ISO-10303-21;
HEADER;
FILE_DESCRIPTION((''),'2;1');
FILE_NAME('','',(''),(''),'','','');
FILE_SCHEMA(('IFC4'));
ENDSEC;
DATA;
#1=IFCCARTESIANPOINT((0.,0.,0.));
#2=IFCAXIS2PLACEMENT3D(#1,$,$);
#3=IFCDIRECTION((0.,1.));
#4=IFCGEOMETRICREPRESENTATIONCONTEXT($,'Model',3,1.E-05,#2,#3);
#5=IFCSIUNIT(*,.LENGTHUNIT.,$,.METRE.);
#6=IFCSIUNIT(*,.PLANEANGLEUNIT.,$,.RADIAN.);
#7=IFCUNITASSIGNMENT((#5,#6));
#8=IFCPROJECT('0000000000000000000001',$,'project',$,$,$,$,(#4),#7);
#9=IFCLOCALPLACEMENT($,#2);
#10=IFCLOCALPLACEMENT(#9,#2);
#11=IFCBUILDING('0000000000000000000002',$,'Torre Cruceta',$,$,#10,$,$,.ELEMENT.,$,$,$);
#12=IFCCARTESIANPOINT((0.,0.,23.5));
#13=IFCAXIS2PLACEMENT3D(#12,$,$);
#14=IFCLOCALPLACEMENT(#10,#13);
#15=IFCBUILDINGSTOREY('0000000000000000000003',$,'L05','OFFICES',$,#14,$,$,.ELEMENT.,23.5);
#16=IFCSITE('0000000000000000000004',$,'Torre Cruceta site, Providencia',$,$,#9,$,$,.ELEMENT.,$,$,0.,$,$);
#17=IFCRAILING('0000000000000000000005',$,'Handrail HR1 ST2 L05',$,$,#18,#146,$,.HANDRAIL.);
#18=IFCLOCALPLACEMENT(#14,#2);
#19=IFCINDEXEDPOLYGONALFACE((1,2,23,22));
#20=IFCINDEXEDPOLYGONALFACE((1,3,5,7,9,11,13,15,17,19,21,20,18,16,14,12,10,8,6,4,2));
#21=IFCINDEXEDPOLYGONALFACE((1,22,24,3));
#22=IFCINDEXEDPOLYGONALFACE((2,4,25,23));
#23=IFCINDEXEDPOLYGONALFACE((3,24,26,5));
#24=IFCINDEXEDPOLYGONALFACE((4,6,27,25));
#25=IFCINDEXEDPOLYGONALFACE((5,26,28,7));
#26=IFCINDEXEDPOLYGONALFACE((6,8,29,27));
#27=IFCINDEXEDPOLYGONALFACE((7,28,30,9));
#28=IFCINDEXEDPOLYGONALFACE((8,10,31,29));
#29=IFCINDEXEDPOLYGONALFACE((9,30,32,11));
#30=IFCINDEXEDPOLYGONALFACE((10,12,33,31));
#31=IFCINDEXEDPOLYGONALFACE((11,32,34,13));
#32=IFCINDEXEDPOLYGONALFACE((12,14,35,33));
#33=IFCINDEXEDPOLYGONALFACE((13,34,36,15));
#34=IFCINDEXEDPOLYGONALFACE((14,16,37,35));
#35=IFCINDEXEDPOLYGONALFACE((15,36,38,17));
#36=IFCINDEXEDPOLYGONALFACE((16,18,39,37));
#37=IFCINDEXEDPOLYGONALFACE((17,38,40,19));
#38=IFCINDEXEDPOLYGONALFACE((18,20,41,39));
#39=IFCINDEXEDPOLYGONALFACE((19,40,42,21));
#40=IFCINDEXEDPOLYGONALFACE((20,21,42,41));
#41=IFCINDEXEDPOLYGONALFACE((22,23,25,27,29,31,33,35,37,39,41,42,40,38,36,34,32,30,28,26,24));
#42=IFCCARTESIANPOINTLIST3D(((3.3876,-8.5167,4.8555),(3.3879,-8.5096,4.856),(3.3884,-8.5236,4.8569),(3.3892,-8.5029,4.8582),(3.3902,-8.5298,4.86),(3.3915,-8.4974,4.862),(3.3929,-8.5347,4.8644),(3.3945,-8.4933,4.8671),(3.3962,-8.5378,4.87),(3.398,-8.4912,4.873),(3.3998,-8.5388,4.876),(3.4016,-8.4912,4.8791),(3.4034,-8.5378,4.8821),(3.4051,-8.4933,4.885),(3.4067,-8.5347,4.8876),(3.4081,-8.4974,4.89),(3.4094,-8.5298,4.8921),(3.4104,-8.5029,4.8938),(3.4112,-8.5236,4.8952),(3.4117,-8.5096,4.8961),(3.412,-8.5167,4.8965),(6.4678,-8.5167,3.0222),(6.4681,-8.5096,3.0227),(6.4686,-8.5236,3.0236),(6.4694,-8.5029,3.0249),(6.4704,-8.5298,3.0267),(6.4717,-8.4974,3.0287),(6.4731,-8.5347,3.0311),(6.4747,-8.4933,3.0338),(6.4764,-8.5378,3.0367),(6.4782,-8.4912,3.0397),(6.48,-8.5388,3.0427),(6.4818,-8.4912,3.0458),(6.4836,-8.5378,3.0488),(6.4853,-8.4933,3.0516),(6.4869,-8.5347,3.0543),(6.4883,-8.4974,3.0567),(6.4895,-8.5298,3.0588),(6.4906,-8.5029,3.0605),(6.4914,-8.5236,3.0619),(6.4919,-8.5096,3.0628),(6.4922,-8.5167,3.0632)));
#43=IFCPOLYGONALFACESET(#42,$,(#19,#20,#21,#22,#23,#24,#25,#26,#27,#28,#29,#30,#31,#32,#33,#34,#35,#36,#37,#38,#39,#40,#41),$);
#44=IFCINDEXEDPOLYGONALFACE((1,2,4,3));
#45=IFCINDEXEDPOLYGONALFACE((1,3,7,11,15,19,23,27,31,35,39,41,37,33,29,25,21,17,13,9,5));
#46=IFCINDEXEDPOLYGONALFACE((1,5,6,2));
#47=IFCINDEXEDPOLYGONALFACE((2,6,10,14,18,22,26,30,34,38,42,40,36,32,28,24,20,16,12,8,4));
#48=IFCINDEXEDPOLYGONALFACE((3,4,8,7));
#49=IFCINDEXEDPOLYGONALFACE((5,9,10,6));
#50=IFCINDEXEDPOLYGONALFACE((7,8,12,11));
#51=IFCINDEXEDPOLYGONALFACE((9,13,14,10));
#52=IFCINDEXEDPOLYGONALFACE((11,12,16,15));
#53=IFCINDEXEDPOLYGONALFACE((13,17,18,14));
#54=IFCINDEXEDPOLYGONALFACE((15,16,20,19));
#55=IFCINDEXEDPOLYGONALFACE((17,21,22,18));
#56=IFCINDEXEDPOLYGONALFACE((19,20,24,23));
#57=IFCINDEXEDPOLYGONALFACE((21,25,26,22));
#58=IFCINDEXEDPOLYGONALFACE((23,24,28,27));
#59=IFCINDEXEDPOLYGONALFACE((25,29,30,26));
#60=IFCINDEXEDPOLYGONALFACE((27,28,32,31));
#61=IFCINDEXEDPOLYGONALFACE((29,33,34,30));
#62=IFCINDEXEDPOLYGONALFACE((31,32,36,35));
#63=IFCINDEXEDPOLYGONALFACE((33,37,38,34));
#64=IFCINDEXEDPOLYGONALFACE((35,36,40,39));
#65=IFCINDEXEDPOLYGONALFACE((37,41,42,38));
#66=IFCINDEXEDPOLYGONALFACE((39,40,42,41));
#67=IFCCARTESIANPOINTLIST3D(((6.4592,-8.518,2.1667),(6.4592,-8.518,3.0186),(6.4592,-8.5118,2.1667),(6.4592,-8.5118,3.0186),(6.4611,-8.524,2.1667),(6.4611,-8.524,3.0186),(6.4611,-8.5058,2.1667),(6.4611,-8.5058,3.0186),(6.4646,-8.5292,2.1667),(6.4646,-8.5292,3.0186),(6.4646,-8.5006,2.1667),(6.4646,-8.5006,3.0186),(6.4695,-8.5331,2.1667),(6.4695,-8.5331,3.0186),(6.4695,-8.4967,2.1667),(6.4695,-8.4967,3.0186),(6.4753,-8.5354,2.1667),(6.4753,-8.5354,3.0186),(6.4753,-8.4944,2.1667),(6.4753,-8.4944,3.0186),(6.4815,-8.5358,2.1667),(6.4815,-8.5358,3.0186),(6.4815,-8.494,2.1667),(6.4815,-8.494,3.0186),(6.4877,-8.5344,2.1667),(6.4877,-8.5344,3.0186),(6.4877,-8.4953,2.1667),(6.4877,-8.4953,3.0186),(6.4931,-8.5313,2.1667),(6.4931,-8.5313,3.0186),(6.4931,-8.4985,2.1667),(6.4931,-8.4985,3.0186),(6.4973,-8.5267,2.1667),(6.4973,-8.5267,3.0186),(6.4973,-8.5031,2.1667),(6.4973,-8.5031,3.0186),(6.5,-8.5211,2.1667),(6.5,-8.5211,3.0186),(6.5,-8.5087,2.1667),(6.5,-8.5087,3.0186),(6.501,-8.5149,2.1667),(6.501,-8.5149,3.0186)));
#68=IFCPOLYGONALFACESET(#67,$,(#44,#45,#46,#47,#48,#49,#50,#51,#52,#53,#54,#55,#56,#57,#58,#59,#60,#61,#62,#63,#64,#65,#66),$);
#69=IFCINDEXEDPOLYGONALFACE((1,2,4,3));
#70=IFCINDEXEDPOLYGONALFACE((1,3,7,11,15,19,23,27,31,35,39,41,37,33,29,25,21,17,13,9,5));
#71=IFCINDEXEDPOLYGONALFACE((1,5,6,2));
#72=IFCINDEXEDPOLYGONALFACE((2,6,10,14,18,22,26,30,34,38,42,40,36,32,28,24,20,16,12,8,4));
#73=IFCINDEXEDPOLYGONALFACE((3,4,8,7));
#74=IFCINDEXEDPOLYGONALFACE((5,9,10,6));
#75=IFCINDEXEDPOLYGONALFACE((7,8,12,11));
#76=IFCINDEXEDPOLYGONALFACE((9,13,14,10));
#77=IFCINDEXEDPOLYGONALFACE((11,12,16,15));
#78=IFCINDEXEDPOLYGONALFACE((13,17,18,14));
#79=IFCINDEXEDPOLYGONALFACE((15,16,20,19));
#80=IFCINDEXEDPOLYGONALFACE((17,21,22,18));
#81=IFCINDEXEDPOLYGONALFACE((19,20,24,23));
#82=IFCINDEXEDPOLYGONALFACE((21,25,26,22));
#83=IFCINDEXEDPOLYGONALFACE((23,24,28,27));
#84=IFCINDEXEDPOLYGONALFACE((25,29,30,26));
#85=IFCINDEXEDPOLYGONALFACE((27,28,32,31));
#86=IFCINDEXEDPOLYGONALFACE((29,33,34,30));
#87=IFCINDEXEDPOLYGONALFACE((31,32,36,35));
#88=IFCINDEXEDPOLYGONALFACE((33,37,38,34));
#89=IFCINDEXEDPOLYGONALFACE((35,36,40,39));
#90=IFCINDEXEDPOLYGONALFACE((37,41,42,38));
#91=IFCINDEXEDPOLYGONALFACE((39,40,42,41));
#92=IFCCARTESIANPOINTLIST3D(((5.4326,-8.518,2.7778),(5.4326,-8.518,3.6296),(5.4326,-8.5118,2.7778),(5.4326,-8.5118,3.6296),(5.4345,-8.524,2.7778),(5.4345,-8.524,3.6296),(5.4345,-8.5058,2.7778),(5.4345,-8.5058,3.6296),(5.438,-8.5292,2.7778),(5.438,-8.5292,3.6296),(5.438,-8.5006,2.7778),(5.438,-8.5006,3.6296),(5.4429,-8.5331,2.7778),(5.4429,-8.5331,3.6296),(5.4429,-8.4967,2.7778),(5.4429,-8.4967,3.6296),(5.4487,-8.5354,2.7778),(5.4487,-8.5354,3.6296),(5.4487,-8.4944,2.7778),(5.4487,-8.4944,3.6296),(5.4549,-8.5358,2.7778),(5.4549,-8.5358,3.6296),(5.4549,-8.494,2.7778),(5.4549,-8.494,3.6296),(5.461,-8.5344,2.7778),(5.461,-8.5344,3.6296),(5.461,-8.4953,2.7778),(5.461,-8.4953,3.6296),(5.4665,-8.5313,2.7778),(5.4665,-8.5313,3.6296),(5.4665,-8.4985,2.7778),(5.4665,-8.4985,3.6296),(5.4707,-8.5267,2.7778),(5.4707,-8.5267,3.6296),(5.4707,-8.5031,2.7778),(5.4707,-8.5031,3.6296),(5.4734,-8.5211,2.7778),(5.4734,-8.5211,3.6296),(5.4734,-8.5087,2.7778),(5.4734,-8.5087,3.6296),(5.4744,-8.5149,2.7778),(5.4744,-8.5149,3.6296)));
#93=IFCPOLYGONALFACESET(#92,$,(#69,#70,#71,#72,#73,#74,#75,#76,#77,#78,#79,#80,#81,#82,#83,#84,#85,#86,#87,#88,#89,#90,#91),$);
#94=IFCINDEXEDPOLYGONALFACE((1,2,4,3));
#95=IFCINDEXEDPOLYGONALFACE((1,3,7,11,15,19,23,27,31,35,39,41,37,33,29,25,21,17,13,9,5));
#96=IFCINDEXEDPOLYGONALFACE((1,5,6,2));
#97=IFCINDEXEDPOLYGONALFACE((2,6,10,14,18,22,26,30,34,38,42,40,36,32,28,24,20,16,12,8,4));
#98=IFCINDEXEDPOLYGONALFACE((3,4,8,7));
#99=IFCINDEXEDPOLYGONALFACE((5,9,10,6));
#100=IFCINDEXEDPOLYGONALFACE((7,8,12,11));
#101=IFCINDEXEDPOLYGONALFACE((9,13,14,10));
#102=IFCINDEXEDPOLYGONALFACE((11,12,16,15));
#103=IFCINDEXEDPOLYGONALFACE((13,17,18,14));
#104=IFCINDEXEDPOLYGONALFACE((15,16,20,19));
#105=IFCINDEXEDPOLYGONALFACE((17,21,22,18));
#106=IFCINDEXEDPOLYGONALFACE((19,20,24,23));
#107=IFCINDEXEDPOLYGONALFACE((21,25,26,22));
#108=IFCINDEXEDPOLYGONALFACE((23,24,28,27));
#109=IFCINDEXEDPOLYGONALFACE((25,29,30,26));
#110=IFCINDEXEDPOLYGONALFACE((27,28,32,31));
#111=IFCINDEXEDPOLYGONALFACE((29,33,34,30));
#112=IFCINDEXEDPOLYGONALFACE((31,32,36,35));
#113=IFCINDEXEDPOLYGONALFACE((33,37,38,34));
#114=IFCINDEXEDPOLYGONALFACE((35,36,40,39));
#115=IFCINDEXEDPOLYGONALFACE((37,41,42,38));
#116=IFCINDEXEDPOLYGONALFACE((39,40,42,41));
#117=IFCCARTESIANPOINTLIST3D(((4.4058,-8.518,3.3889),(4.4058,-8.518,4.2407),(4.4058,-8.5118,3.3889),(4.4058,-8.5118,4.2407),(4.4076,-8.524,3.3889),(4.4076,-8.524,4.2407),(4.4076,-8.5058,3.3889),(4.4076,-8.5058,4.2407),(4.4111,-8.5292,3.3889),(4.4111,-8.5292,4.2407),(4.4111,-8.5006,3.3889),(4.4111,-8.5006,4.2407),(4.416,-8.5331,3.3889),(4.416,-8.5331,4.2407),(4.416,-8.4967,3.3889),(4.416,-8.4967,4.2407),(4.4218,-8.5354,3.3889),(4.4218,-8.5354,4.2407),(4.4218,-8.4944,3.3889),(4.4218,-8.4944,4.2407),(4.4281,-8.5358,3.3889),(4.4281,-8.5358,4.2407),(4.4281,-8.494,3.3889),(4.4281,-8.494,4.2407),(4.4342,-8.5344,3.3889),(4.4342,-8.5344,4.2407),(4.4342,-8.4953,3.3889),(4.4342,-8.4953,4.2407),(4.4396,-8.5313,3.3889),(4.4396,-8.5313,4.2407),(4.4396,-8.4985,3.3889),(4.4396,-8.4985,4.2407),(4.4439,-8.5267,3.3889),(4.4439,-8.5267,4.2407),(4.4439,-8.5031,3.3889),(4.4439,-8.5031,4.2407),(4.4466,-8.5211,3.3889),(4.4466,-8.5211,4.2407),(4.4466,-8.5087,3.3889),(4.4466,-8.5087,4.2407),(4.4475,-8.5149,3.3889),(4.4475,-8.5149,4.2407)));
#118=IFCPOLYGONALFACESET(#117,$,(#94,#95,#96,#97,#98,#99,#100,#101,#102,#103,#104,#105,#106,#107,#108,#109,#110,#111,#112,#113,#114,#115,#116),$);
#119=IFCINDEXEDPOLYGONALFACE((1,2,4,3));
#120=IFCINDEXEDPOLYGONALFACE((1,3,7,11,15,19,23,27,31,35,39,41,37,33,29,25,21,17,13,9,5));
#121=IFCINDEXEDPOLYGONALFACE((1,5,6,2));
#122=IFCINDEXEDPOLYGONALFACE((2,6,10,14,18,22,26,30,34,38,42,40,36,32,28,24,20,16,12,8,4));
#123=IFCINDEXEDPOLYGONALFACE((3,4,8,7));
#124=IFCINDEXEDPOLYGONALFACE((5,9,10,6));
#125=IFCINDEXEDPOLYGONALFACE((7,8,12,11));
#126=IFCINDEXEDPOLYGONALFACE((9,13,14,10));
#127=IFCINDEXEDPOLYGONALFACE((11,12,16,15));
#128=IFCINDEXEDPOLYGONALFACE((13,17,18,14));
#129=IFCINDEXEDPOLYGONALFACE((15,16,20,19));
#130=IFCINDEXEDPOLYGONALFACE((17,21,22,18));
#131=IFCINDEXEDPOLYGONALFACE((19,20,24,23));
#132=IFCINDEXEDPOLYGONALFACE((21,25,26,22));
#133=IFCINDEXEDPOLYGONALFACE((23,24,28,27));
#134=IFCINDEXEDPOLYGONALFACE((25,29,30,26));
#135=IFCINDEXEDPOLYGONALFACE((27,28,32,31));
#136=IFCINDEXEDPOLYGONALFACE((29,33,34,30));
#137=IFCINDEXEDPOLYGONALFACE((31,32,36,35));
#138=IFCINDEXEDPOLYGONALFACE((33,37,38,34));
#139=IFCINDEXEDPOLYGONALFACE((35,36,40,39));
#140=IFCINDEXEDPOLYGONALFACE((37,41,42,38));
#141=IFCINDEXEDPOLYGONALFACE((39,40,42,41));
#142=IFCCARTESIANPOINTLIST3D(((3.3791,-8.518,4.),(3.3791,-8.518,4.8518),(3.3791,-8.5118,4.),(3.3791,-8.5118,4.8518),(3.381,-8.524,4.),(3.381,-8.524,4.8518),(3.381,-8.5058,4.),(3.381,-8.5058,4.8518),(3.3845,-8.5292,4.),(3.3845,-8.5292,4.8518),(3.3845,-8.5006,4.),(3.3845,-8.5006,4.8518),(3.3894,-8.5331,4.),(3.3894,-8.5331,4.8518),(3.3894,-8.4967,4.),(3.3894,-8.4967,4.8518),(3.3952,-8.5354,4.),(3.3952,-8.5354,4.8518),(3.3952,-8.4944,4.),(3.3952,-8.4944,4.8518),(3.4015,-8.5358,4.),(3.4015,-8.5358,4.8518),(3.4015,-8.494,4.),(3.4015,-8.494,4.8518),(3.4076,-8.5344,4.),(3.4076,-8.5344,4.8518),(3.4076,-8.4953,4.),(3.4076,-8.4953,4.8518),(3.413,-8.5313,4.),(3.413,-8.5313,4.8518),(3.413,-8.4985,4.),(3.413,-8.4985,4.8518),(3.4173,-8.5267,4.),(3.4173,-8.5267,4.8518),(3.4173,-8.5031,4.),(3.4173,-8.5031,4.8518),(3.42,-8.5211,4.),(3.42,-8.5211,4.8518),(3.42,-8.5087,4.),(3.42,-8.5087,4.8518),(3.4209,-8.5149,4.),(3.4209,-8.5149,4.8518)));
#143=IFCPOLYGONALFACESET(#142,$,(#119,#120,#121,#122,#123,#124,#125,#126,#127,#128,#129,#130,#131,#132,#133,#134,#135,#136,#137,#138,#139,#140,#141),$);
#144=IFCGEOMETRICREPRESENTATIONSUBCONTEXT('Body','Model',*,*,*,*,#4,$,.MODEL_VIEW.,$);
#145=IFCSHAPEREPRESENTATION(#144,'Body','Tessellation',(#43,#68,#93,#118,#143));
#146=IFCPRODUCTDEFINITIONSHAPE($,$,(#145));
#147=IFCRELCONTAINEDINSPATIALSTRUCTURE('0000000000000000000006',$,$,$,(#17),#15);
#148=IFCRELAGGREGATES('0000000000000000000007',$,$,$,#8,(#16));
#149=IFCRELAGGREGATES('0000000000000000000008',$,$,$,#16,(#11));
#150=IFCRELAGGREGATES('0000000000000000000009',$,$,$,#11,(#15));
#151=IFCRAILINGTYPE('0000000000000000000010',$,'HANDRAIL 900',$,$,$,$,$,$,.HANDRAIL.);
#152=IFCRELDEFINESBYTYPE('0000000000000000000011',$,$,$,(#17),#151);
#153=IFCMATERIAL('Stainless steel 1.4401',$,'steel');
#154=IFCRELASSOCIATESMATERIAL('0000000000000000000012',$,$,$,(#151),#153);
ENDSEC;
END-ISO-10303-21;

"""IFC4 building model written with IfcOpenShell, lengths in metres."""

from ifc_helpers import new_model, si_unit, direction, frame, origin, origin_2d, place, context, subcontext, project, spatial, circle, extrude, material, type_object, element, save


model = new_model("IFC4")

# Units and contexts
model_context = context("Model", 3, precision=1e-05, world=origin(), true_north=direction((0.0, 1.0)))
body_context = subcontext(model_context, "Body", "Model", "MODEL_VIEW")
ifc_project = project(units=[si_unit("LENGTHUNIT", "METRE"), si_unit("PLANEANGLEUNIT", "RADIAN")], contexts=[model_context])

# Site, building, storey
site_placement = place(None, origin())
site = spatial("IfcSite", under=ifc_project, at=site_placement, Name="Torre Cruceta site, Providencia", CompositionType="ELEMENT", RefElevation=0.0)
building_placement = place(site_placement, origin())
building = spatial("IfcBuilding", under=site, at=building_placement, Name="Torre Cruceta", CompositionType="ELEMENT")
storey_placement = place(building_placement, frame((0.0, 0.0, 23.5)))
storey = spatial("IfcBuildingStorey", under=building, at=storey_placement, Name="L05", Description="OFFICES", CompositionType="ELEMENT", Elevation=23.5)

# Railing
ifc_material_1 = material(Name="Stainless steel 1.4401", Category="steel")
railing_type = type_object("IfcRailingType", Name="HANDRAIL 900", PredefinedType="HANDRAIL", material=ifc_material_1)
railing_placement = place(storey_placement, frame((6.48, -8.5149, 2.1667)))
element("IfcRailing", 1, at=railing_placement, inside=storey, type_object=railing_type, Name="Handrail HR1 ST2 L05", PredefinedType="HANDRAIL", context=body_context, shape_type="SweptSolid", body=[
    extrude(circle(Radius=0.0239, at=origin_2d()), frame((0.0, 0.0, 0.876), z_axis=(-0.859309, 0.0, 0.511458), x_axis=(0.0, -1.0, 0.0)), (0.0, 0.0, 1.0), 3.5845),
    extrude(circle(Radius=0.021, at=origin_2d()), origin(), (0.0, 0.0, 1.0), 0.8518),
    extrude(circle(Radius=0.021, at=origin_2d()), frame((-1.0266, 0.0, 0.6111)), (0.0, 0.0, 1.0), 0.8518),
    extrude(circle(Radius=0.021, at=origin_2d()), frame((-2.0535, 0.0, 1.2222)), (0.0, 0.0, 1.0), 0.8518),
    extrude(circle(Radius=0.021, at=origin_2d()), frame((-3.0801, 0.0, 1.8333)), (0.0, 0.0, 1.0), 0.8518),
])

save(model, "model.ifc")
